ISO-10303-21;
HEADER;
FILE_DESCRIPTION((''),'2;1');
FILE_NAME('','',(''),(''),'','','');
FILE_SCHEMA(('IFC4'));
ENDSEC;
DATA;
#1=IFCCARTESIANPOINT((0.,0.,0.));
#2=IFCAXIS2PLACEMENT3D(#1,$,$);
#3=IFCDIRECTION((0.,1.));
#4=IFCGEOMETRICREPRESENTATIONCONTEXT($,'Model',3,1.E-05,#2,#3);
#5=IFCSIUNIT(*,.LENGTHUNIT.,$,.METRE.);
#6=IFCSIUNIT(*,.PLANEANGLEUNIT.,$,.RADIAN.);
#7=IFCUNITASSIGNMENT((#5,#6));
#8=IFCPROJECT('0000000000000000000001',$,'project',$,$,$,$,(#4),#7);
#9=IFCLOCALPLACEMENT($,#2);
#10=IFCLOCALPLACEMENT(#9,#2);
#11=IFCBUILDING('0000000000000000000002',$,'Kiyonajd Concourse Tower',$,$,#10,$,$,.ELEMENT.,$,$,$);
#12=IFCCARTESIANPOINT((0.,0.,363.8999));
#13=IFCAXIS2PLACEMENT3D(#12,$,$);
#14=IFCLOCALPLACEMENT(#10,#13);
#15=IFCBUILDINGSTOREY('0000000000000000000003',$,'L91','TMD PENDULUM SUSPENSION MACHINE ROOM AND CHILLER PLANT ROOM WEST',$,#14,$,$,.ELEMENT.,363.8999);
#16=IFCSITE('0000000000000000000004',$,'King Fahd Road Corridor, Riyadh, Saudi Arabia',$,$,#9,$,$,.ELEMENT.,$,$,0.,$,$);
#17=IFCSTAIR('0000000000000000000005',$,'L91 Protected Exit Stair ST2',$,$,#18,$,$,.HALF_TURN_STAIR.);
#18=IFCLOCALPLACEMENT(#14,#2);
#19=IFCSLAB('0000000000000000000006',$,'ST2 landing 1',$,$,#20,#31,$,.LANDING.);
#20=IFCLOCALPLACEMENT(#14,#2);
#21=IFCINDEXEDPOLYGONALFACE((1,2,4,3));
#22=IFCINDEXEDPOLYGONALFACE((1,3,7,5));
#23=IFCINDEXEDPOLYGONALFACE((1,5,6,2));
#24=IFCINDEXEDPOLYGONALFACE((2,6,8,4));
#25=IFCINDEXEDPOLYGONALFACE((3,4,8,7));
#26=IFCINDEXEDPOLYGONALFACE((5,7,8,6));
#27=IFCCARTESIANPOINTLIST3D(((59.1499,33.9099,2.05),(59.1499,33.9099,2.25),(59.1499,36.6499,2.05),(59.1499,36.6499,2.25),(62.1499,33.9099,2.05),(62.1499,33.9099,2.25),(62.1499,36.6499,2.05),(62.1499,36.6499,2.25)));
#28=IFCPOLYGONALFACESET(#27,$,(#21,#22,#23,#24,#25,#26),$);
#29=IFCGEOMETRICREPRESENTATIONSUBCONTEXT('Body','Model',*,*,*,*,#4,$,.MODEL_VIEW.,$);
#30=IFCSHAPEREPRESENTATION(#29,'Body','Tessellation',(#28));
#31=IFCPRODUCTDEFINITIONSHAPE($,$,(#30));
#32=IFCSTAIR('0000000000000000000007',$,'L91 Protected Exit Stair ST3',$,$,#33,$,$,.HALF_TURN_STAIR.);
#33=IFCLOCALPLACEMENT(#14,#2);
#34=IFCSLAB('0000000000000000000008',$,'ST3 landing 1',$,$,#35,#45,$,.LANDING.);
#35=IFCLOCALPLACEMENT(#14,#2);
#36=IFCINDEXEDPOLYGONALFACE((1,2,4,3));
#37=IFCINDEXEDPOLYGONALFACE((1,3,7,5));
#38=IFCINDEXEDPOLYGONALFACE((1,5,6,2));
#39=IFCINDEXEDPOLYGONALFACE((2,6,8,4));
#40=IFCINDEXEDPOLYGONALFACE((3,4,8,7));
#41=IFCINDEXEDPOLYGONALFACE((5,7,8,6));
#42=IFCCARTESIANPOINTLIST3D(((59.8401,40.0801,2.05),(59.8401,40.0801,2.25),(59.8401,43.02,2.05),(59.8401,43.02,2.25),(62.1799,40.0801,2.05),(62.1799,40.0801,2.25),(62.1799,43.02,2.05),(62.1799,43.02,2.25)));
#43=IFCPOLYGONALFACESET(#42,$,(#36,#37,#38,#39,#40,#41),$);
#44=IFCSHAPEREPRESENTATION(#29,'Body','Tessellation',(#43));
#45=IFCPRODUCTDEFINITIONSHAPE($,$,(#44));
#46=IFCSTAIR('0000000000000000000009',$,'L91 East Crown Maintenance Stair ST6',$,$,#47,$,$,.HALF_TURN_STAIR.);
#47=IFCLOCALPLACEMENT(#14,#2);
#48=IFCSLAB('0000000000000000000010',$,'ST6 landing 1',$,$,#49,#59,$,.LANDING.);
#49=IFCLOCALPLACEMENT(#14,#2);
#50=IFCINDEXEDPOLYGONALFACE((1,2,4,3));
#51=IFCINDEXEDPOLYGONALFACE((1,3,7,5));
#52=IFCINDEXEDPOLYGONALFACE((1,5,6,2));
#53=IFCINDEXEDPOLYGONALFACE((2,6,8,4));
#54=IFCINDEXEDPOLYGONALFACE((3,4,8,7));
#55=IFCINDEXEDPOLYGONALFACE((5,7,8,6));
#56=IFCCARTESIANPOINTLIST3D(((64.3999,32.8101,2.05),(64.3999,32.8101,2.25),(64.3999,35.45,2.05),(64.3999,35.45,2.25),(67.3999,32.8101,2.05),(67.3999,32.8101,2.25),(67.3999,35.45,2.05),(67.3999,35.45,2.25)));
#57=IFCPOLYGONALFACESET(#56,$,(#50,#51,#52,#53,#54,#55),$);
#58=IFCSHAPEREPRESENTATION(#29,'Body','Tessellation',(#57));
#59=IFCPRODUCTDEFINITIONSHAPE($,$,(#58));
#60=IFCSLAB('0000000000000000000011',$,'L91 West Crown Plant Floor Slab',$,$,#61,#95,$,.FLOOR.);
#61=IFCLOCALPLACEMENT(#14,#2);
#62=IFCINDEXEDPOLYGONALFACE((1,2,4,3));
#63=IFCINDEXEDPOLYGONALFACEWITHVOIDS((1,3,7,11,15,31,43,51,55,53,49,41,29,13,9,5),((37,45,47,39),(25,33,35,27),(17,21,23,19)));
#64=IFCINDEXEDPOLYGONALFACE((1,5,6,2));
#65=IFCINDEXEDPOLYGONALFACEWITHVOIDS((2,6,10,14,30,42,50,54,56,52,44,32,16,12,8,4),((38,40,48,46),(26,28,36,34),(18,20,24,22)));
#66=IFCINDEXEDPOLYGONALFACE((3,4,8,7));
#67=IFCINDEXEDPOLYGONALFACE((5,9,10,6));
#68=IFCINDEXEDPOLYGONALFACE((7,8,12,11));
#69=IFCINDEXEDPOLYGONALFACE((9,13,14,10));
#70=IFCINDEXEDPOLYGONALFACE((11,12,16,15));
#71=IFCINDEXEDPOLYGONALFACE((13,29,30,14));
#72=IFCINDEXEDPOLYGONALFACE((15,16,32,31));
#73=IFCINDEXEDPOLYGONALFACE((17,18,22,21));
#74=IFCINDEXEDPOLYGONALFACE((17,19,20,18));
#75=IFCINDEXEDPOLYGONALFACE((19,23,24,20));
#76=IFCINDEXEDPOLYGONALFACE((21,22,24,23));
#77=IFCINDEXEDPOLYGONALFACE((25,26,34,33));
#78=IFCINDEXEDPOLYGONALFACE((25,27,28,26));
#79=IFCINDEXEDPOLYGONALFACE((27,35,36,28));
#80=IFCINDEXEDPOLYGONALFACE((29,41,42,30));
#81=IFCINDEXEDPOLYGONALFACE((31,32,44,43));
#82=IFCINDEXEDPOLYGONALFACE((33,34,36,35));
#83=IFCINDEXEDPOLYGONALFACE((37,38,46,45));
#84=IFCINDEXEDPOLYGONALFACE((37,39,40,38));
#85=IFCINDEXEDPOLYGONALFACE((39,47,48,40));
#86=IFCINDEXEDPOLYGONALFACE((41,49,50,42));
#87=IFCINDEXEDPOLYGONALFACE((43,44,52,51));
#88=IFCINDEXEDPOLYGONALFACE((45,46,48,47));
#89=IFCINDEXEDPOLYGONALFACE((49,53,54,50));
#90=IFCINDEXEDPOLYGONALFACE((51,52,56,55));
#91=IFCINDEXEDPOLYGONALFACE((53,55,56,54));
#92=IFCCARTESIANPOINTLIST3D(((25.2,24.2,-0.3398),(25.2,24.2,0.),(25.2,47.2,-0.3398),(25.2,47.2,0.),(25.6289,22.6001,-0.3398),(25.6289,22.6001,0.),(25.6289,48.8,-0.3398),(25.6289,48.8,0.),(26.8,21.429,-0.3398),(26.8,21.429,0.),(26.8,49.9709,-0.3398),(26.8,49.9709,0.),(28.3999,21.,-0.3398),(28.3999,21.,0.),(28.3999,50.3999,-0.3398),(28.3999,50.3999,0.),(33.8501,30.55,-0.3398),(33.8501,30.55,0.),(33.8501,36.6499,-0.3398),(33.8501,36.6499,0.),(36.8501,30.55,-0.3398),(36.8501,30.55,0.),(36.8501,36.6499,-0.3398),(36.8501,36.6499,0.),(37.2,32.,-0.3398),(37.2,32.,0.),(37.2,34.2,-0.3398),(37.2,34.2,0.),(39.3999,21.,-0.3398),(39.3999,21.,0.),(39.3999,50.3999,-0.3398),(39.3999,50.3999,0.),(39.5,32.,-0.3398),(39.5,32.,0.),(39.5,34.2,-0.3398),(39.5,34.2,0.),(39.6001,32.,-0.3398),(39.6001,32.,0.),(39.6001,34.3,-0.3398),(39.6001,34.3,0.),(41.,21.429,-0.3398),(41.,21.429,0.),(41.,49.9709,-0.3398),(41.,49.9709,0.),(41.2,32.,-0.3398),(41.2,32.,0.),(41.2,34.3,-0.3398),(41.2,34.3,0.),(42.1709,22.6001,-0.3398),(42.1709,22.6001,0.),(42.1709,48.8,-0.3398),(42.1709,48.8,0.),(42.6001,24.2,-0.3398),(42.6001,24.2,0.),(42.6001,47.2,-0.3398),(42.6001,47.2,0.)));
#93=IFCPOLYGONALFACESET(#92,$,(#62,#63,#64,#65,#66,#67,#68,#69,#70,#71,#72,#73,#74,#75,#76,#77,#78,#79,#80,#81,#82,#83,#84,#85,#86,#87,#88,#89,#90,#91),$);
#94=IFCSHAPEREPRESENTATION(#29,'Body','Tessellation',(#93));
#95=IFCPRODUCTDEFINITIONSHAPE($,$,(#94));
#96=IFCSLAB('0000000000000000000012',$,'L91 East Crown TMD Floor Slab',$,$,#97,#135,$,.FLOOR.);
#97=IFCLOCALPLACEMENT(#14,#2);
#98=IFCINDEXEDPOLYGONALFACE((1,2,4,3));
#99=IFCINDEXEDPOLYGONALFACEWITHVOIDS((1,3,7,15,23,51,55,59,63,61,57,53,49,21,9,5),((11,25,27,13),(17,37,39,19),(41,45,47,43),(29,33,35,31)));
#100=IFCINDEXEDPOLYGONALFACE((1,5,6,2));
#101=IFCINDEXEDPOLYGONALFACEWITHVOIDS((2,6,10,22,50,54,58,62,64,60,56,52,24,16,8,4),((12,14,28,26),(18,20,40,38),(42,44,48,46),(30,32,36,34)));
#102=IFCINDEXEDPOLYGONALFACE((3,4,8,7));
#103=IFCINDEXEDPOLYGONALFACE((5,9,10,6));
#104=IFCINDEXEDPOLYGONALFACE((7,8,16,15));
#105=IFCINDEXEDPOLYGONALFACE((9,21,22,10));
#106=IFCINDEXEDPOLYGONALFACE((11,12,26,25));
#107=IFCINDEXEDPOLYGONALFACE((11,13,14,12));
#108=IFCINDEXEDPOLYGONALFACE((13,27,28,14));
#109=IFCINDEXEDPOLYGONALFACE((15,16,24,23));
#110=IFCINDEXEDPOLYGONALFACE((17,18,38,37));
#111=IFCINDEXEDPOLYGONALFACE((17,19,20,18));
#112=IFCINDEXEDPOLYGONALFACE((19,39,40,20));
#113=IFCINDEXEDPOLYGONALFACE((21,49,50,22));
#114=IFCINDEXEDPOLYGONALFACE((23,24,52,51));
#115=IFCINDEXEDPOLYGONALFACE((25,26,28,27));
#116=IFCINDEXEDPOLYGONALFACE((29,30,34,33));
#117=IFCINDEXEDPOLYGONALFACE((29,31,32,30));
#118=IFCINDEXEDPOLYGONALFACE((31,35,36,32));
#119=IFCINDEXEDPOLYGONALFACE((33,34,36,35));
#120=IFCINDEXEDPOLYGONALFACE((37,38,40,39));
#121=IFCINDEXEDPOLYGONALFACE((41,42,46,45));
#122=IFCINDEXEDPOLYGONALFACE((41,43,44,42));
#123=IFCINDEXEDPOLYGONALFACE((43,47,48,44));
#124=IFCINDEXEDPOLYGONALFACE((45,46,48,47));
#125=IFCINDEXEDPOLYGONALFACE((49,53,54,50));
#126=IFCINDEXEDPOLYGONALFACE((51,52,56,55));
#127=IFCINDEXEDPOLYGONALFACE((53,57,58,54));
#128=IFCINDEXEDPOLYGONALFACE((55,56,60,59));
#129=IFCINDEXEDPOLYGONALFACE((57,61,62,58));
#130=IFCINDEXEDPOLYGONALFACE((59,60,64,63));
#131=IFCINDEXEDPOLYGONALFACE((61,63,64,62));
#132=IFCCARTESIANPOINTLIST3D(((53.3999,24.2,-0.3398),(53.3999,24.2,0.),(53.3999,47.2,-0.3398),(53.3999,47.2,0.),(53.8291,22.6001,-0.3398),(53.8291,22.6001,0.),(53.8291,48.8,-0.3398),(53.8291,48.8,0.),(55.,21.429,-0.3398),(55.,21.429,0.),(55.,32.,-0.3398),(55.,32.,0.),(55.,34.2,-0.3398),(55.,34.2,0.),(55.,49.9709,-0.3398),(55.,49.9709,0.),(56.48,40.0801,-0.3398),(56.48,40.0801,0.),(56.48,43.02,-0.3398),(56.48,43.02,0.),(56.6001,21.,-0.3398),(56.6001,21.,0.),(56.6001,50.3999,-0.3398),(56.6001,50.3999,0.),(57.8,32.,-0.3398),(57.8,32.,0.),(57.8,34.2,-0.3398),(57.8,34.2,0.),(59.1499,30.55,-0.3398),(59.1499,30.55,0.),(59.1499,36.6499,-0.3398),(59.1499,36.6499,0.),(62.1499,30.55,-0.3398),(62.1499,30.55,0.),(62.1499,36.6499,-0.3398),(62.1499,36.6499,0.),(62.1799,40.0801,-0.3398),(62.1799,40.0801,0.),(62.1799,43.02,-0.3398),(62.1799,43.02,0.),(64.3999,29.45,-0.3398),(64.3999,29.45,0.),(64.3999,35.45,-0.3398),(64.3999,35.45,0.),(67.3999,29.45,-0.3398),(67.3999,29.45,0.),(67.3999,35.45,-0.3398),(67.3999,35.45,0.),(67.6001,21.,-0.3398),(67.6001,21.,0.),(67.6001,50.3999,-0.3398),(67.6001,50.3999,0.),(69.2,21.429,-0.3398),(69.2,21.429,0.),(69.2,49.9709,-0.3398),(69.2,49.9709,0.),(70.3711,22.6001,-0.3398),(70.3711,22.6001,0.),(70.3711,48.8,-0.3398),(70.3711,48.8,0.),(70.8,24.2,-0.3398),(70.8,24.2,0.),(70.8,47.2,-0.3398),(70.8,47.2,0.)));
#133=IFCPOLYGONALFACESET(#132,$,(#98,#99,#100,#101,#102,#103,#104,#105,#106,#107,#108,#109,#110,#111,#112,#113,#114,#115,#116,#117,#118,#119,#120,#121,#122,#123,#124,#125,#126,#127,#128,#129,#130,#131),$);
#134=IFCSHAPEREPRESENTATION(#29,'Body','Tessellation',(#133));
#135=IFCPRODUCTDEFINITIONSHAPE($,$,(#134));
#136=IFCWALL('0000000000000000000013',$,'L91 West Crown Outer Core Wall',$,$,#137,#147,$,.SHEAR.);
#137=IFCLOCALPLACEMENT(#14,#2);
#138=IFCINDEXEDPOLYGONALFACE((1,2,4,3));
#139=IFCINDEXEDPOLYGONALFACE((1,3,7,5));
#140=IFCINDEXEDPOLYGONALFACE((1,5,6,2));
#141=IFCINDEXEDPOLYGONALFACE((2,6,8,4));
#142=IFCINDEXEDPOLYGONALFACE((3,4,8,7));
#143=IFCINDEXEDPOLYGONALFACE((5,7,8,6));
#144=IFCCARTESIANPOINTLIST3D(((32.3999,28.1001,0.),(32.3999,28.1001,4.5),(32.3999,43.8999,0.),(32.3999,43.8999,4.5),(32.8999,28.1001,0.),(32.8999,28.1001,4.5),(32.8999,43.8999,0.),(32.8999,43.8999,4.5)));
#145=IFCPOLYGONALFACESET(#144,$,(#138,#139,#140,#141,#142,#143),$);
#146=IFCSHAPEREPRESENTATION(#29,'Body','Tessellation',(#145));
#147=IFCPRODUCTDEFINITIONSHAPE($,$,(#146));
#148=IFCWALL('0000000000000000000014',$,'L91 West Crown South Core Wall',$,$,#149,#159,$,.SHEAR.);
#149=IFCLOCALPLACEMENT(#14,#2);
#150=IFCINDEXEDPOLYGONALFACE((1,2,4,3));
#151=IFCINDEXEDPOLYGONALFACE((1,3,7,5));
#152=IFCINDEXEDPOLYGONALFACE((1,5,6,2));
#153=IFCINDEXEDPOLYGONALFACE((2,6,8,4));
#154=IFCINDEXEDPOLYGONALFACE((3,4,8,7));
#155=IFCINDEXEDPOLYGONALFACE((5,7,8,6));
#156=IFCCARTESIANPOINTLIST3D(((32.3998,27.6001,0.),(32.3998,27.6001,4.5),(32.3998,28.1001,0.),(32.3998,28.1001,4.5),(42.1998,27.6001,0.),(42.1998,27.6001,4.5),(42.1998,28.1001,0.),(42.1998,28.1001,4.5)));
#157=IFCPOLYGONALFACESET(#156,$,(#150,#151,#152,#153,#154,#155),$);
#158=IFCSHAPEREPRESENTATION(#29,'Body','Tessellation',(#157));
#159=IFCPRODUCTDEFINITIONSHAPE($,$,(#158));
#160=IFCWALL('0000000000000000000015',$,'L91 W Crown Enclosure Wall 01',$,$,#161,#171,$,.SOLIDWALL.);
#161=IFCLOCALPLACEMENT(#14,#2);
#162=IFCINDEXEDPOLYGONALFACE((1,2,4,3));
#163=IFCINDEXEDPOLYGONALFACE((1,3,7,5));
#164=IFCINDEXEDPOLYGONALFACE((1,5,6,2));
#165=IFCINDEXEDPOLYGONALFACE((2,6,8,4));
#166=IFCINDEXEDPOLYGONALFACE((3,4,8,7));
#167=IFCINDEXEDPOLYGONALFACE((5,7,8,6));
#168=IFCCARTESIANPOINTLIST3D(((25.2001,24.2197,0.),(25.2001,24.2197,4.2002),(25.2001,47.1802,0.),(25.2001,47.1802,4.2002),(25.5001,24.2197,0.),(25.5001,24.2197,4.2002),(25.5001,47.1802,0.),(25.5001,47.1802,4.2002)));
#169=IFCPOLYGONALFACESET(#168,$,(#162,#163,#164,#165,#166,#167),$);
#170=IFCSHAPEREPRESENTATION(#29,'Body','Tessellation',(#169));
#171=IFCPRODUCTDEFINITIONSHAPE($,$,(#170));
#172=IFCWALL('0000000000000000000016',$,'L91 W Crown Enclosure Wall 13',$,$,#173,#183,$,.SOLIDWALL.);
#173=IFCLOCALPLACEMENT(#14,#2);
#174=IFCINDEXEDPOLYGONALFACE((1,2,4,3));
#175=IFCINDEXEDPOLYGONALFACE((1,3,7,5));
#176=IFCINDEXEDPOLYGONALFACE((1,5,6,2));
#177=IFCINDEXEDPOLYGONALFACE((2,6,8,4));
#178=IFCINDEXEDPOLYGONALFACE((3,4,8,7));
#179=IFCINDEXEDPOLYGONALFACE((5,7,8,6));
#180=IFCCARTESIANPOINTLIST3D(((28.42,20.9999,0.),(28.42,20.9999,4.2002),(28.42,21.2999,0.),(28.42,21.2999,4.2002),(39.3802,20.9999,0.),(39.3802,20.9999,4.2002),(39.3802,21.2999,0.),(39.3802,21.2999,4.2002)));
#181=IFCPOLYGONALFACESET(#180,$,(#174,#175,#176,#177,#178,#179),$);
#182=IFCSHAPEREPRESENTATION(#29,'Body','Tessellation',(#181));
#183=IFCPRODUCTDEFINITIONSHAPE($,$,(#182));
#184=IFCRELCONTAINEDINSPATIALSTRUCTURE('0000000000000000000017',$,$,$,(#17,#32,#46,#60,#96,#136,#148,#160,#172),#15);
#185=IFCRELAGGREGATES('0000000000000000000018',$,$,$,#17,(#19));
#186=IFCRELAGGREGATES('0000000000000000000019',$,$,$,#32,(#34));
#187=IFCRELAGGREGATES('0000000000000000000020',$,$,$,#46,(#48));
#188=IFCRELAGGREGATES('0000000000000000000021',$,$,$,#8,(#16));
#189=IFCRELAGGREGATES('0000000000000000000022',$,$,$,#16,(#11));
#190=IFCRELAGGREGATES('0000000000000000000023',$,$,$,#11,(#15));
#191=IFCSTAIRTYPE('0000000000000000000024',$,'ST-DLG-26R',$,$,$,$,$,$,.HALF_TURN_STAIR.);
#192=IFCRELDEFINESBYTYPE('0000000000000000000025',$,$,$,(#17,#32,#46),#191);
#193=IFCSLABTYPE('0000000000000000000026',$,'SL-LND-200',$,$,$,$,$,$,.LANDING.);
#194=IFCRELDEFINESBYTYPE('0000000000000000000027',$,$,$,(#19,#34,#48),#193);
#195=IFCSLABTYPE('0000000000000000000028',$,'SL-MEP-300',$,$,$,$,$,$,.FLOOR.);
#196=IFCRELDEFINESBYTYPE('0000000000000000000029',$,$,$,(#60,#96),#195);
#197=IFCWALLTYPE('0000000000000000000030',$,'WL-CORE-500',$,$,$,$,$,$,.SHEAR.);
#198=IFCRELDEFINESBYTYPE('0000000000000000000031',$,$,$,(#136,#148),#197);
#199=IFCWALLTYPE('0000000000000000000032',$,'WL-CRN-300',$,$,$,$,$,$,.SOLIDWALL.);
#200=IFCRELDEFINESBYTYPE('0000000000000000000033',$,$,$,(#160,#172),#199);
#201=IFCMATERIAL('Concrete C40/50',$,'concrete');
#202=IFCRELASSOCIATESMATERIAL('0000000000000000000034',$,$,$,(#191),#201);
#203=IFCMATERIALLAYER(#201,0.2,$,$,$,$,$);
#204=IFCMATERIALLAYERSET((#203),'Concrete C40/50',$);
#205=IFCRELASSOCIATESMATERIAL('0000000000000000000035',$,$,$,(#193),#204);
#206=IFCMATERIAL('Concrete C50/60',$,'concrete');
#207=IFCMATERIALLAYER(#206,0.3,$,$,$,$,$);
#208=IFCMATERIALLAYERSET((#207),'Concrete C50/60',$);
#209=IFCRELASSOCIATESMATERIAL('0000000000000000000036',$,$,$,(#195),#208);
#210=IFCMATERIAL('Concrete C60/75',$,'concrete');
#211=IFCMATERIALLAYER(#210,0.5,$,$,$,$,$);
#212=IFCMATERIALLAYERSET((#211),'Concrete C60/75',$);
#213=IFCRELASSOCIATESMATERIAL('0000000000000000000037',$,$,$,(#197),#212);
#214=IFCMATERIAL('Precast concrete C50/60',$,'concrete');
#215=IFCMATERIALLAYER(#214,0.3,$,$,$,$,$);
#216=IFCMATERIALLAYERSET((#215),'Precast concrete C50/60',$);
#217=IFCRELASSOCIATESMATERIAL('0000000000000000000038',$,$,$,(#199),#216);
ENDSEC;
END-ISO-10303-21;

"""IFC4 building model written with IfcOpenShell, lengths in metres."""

from ifc_helpers import new_model, si_unit, direction, frame, frame_2d, origin, place, context, subcontext, project, spatial, polyline, rectangle, outline, extrude, material, layer, layer_set, type_object, element, aggregate, save


model = new_model("IFC4")

# Units and contexts
model_context = context("Model", 3, precision=1e-05, world=origin(), true_north=direction((0.0, 1.0)))
body_context = subcontext(model_context, "Body", "Model", "MODEL_VIEW")
ifc_project = project(units=[si_unit("LENGTHUNIT", "METRE"), si_unit("PLANEANGLEUNIT", "RADIAN")], contexts=[model_context])

# Site, building, storey
site_placement = place(None, origin())
site = spatial("IfcSite", under=ifc_project, at=site_placement, Name="King Fahd Road Corridor, Riyadh, Saudi Arabia", CompositionType="ELEMENT", RefElevation=0.0)
building_placement = place(site_placement, origin())
building = spatial("IfcBuilding", under=site, at=building_placement, Name="Kiyonajd Concourse Tower", CompositionType="ELEMENT")
storey_placement = place(building_placement, frame((0.0, 0.0, 363.8999)))
storey = spatial("IfcBuildingStorey", under=building, at=storey_placement, Name="L91", Description="TMD PENDULUM SUSPENSION MACHINE ROOM AND CHILLER PLANT ROOM WEST", CompositionType="ELEMENT", Elevation=363.8999)

# Shared definitions
ifc_material_1 = material(Name="Concrete C50/60", Category="concrete")

# Stairs, slabs
ifc_material_2 = material(Name="Concrete C40/50", Category="concrete")
stair_type = type_object("IfcStairType", Name="ST-DLG-26R", PredefinedType="HALF_TURN_STAIR", material=ifc_material_2)
stair_1_placement = place(storey_placement, origin())
stair_1 = element("IfcStair", 1, at=stair_1_placement, inside=storey, type_object=stair_type, Name="L91 Protected Exit Stair ST2", PredefinedType="HALF_TURN_STAIR")
ifc_layer_1 = layer(ifc_material_2, 0.2)
ifc_layer_set_1 = layer_set([ifc_layer_1], Name="Concrete C40/50")
slab_type_1 = type_object("IfcSlabType", Name="SL-LND-200", PredefinedType="LANDING", material=ifc_layer_set_1)
slab_1_placement = place(storey_placement, frame((0.0, 0.0, 2.05)))
slab_1 = element("IfcSlab", 2, at=slab_1_placement, type_object=slab_type_1, Name="ST2 landing 1", PredefinedType="LANDING", context=body_context, shape_type="SweptSolid", body=[
    extrude(outline(polyline([(62.1499, 33.9099), (62.1499, 36.6499), (59.1499, 36.6499), (59.1499, 33.9099), (62.1499, 33.9099)])), origin(), (0.0, 0.0, 1.0), 0.2),
])
aggregate(stair_1, [slab_1])
stair_2_placement = place(storey_placement, origin())
stair_2 = element("IfcStair", 3, at=stair_2_placement, inside=storey, type_object=stair_type, Name="L91 Protected Exit Stair ST3", PredefinedType="HALF_TURN_STAIR")
slab_2_placement = place(storey_placement, frame((0.0, 0.0, 2.05)))
slab_2 = element("IfcSlab", 4, at=slab_2_placement, type_object=slab_type_1, Name="ST3 landing 1", PredefinedType="LANDING", context=body_context, shape_type="SweptSolid", body=[
    extrude(outline(polyline([(59.8401, 40.0801), (62.1799, 40.0801), (62.1799, 43.02), (59.8401, 43.02), (59.8401, 40.0801)])), origin(), (0.0, 0.0, 1.0), 0.2),
])
aggregate(stair_2, [slab_2])
stair_3_placement = place(storey_placement, origin())
stair_3 = element("IfcStair", 5, at=stair_3_placement, inside=storey, type_object=stair_type, Name="L91 East Crown Maintenance Stair ST6", PredefinedType="HALF_TURN_STAIR")
slab_3_placement = place(storey_placement, frame((0.0, 0.0, 2.05)))
slab_3 = element("IfcSlab", 6, at=slab_3_placement, type_object=slab_type_1, Name="ST6 landing 1", PredefinedType="LANDING", context=body_context, shape_type="SweptSolid", body=[
    extrude(outline(polyline([(67.3999, 32.8101), (67.3999, 35.45), (64.3999, 35.45), (64.3999, 32.8101), (67.3999, 32.8101)])), origin(), (0.0, 0.0, 1.0), 0.2),
])
aggregate(stair_3, [slab_3])

# Slabs
ifc_layer_2 = layer(ifc_material_1, 0.3)
ifc_layer_set_2 = layer_set([ifc_layer_2], Name="Concrete C50/60")
slab_type_2 = type_object("IfcSlabType", Name="SL-MEP-300", PredefinedType="FLOOR", material=ifc_layer_set_2)
slab_4_placement = place(storey_placement, frame((0.0, 0.0, -0.3398)))
element("IfcSlab", 7, at=slab_4_placement, inside=storey, type_object=slab_type_2, Name="L91 West Crown Plant Floor Slab", PredefinedType="FLOOR", context=body_context, shape_type="SweptSolid", body=[
    extrude(outline(polyline([(25.2, 24.2), (25.6289, 22.6001), (26.8, 21.429), (28.3999, 21.0), (39.3999, 21.0), (41.0, 21.429), (42.1709, 22.6001), (42.6001, 24.2), (42.6001, 47.2), (42.1709, 48.8), (41.0, 49.9709), (39.3999, 50.3999), (28.3999, 50.3999), (26.8, 49.9709), (25.6289, 48.8), (25.2, 47.2), (25.2, 24.2)]), holes=[polyline([(33.8501, 30.55), (33.8501, 36.6499), (36.8501, 36.6499), (36.8501, 30.55), (33.8501, 30.55)]), polyline([(37.2, 32.0), (37.2, 34.2), (39.5, 34.2), (39.5, 32.0), (37.2, 32.0)]), polyline([(39.6001, 32.0), (39.6001, 34.3), (41.2, 34.3), (41.2, 32.0), (39.6001, 32.0)])]), origin(), (0.0, 0.0, 1.0), 0.3398),
])
slab_5_placement = place(storey_placement, frame((0.0, 0.0, -0.3398)))
element("IfcSlab", 8, at=slab_5_placement, inside=storey, type_object=slab_type_2, Name="L91 East Crown TMD Floor Slab", PredefinedType="FLOOR", context=body_context, shape_type="SweptSolid", body=[
    extrude(outline(polyline([(53.3999, 24.2), (53.8291, 22.6001), (55.0, 21.429), (56.6001, 21.0), (67.6001, 21.0), (69.2, 21.429), (70.3711, 22.6001), (70.8, 24.2), (70.8, 47.2), (70.3711, 48.8), (69.2, 49.9709), (67.6001, 50.3999), (56.6001, 50.3999), (55.0, 49.9709), (53.8291, 48.8), (53.3999, 47.2), (53.3999, 24.2)]), holes=[polyline([(59.1499, 30.55), (59.1499, 36.6499), (62.1499, 36.6499), (62.1499, 30.55), (59.1499, 30.55)]), polyline([(56.48, 43.02), (62.1799, 43.02), (62.1799, 40.0801), (56.48, 40.0801), (56.48, 43.02)]), polyline([(64.3999, 29.45), (64.3999, 35.45), (67.3999, 35.45), (67.3999, 29.45), (64.3999, 29.45)]), polyline([(55.0, 32.0), (55.0, 34.2), (57.8, 34.2), (57.8, 32.0), (55.0, 32.0)])]), origin(), (0.0, 0.0, 1.0), 0.3398),
])

# Walls
ifc_material_3 = material(Name="Concrete C60/75", Category="concrete")
ifc_layer_3 = layer(ifc_material_3, 0.5)
ifc_layer_set_3 = layer_set([ifc_layer_3], Name="Concrete C60/75")
wall_type_1 = type_object("IfcWallType", Name="WL-CORE-500", PredefinedType="SHEAR", material=ifc_layer_set_3)
wall_1_placement = place(storey_placement, frame((32.6499, 28.1001, 0.0), z_axis=(0.0, 0.0, 1.0), x_axis=(0.0, 1.0, 0.0)))
element("IfcWall", 9, at=wall_1_placement, inside=storey, type_object=wall_type_1, Name="L91 West Crown Outer Core Wall", PredefinedType="SHEAR", context=body_context, shape_type="SweptSolid", body=[
    extrude(rectangle(XDim=15.7998, YDim=0.5, at=frame_2d((7.8999, 0.0))), origin(), (0.0, 0.0, 1.0), 4.5),
])
wall_2_placement = place(storey_placement, frame((32.3999, 27.8501, 0.0), z_axis=(0.0, 0.0, 1.0), x_axis=(1.0, 0.0, 0.0)))
element("IfcWall", 10, at=wall_2_placement, inside=storey, type_object=wall_type_1, Name="L91 West Crown South Core Wall", PredefinedType="SHEAR", context=body_context, shape_type="SweptSolid", body=[
    extrude(rectangle(XDim=9.8, YDim=0.5, at=frame_2d((4.8999, 0.0))), origin(), (0.0, 0.0, 1.0), 4.5),
])
ifc_material_4 = material(Name="Precast concrete C50/60", Category="concrete")
ifc_layer_4 = layer(ifc_material_4, 0.3)
ifc_layer_set_4 = layer_set([ifc_layer_4], Name="Precast concrete C50/60")
wall_type_2 = type_object("IfcWallType", Name="WL-CRN-300", PredefinedType="SOLIDWALL", material=ifc_layer_set_4)
wall_3_placement = place(storey_placement, frame((25.3501, 24.2197, 0.0), z_axis=(0.0, 0.0, 1.0), x_axis=(0.0, 1.0, 0.0)))
element("IfcWall", 11, at=wall_3_placement, inside=storey, type_object=wall_type_2, Name="L91 W Crown Enclosure Wall 01", PredefinedType="SOLIDWALL", context=body_context, shape_type="SweptSolid", body=[
    extrude(rectangle(XDim=22.9604, YDim=0.3, at=frame_2d((11.4802, 0.0))), origin(), (0.0, 0.0, 1.0), 4.2002),
])
wall_4_placement = place(storey_placement, frame((39.3801, 21.1499, 0.0), z_axis=(0.0, 0.0, 1.0), x_axis=(-1.0, 0.0, 0.0)))
element("IfcWall", 12, at=wall_4_placement, inside=storey, type_object=wall_type_2, Name="L91 W Crown Enclosure Wall 13", PredefinedType="SOLIDWALL", context=body_context, shape_type="SweptSolid", body=[
    extrude(rectangle(XDim=10.9602, YDim=0.3, at=frame_2d((5.48, 0.0))), origin(), (0.0, 0.0, 1.0), 4.2002),
])

save(model, "model.ifc")
